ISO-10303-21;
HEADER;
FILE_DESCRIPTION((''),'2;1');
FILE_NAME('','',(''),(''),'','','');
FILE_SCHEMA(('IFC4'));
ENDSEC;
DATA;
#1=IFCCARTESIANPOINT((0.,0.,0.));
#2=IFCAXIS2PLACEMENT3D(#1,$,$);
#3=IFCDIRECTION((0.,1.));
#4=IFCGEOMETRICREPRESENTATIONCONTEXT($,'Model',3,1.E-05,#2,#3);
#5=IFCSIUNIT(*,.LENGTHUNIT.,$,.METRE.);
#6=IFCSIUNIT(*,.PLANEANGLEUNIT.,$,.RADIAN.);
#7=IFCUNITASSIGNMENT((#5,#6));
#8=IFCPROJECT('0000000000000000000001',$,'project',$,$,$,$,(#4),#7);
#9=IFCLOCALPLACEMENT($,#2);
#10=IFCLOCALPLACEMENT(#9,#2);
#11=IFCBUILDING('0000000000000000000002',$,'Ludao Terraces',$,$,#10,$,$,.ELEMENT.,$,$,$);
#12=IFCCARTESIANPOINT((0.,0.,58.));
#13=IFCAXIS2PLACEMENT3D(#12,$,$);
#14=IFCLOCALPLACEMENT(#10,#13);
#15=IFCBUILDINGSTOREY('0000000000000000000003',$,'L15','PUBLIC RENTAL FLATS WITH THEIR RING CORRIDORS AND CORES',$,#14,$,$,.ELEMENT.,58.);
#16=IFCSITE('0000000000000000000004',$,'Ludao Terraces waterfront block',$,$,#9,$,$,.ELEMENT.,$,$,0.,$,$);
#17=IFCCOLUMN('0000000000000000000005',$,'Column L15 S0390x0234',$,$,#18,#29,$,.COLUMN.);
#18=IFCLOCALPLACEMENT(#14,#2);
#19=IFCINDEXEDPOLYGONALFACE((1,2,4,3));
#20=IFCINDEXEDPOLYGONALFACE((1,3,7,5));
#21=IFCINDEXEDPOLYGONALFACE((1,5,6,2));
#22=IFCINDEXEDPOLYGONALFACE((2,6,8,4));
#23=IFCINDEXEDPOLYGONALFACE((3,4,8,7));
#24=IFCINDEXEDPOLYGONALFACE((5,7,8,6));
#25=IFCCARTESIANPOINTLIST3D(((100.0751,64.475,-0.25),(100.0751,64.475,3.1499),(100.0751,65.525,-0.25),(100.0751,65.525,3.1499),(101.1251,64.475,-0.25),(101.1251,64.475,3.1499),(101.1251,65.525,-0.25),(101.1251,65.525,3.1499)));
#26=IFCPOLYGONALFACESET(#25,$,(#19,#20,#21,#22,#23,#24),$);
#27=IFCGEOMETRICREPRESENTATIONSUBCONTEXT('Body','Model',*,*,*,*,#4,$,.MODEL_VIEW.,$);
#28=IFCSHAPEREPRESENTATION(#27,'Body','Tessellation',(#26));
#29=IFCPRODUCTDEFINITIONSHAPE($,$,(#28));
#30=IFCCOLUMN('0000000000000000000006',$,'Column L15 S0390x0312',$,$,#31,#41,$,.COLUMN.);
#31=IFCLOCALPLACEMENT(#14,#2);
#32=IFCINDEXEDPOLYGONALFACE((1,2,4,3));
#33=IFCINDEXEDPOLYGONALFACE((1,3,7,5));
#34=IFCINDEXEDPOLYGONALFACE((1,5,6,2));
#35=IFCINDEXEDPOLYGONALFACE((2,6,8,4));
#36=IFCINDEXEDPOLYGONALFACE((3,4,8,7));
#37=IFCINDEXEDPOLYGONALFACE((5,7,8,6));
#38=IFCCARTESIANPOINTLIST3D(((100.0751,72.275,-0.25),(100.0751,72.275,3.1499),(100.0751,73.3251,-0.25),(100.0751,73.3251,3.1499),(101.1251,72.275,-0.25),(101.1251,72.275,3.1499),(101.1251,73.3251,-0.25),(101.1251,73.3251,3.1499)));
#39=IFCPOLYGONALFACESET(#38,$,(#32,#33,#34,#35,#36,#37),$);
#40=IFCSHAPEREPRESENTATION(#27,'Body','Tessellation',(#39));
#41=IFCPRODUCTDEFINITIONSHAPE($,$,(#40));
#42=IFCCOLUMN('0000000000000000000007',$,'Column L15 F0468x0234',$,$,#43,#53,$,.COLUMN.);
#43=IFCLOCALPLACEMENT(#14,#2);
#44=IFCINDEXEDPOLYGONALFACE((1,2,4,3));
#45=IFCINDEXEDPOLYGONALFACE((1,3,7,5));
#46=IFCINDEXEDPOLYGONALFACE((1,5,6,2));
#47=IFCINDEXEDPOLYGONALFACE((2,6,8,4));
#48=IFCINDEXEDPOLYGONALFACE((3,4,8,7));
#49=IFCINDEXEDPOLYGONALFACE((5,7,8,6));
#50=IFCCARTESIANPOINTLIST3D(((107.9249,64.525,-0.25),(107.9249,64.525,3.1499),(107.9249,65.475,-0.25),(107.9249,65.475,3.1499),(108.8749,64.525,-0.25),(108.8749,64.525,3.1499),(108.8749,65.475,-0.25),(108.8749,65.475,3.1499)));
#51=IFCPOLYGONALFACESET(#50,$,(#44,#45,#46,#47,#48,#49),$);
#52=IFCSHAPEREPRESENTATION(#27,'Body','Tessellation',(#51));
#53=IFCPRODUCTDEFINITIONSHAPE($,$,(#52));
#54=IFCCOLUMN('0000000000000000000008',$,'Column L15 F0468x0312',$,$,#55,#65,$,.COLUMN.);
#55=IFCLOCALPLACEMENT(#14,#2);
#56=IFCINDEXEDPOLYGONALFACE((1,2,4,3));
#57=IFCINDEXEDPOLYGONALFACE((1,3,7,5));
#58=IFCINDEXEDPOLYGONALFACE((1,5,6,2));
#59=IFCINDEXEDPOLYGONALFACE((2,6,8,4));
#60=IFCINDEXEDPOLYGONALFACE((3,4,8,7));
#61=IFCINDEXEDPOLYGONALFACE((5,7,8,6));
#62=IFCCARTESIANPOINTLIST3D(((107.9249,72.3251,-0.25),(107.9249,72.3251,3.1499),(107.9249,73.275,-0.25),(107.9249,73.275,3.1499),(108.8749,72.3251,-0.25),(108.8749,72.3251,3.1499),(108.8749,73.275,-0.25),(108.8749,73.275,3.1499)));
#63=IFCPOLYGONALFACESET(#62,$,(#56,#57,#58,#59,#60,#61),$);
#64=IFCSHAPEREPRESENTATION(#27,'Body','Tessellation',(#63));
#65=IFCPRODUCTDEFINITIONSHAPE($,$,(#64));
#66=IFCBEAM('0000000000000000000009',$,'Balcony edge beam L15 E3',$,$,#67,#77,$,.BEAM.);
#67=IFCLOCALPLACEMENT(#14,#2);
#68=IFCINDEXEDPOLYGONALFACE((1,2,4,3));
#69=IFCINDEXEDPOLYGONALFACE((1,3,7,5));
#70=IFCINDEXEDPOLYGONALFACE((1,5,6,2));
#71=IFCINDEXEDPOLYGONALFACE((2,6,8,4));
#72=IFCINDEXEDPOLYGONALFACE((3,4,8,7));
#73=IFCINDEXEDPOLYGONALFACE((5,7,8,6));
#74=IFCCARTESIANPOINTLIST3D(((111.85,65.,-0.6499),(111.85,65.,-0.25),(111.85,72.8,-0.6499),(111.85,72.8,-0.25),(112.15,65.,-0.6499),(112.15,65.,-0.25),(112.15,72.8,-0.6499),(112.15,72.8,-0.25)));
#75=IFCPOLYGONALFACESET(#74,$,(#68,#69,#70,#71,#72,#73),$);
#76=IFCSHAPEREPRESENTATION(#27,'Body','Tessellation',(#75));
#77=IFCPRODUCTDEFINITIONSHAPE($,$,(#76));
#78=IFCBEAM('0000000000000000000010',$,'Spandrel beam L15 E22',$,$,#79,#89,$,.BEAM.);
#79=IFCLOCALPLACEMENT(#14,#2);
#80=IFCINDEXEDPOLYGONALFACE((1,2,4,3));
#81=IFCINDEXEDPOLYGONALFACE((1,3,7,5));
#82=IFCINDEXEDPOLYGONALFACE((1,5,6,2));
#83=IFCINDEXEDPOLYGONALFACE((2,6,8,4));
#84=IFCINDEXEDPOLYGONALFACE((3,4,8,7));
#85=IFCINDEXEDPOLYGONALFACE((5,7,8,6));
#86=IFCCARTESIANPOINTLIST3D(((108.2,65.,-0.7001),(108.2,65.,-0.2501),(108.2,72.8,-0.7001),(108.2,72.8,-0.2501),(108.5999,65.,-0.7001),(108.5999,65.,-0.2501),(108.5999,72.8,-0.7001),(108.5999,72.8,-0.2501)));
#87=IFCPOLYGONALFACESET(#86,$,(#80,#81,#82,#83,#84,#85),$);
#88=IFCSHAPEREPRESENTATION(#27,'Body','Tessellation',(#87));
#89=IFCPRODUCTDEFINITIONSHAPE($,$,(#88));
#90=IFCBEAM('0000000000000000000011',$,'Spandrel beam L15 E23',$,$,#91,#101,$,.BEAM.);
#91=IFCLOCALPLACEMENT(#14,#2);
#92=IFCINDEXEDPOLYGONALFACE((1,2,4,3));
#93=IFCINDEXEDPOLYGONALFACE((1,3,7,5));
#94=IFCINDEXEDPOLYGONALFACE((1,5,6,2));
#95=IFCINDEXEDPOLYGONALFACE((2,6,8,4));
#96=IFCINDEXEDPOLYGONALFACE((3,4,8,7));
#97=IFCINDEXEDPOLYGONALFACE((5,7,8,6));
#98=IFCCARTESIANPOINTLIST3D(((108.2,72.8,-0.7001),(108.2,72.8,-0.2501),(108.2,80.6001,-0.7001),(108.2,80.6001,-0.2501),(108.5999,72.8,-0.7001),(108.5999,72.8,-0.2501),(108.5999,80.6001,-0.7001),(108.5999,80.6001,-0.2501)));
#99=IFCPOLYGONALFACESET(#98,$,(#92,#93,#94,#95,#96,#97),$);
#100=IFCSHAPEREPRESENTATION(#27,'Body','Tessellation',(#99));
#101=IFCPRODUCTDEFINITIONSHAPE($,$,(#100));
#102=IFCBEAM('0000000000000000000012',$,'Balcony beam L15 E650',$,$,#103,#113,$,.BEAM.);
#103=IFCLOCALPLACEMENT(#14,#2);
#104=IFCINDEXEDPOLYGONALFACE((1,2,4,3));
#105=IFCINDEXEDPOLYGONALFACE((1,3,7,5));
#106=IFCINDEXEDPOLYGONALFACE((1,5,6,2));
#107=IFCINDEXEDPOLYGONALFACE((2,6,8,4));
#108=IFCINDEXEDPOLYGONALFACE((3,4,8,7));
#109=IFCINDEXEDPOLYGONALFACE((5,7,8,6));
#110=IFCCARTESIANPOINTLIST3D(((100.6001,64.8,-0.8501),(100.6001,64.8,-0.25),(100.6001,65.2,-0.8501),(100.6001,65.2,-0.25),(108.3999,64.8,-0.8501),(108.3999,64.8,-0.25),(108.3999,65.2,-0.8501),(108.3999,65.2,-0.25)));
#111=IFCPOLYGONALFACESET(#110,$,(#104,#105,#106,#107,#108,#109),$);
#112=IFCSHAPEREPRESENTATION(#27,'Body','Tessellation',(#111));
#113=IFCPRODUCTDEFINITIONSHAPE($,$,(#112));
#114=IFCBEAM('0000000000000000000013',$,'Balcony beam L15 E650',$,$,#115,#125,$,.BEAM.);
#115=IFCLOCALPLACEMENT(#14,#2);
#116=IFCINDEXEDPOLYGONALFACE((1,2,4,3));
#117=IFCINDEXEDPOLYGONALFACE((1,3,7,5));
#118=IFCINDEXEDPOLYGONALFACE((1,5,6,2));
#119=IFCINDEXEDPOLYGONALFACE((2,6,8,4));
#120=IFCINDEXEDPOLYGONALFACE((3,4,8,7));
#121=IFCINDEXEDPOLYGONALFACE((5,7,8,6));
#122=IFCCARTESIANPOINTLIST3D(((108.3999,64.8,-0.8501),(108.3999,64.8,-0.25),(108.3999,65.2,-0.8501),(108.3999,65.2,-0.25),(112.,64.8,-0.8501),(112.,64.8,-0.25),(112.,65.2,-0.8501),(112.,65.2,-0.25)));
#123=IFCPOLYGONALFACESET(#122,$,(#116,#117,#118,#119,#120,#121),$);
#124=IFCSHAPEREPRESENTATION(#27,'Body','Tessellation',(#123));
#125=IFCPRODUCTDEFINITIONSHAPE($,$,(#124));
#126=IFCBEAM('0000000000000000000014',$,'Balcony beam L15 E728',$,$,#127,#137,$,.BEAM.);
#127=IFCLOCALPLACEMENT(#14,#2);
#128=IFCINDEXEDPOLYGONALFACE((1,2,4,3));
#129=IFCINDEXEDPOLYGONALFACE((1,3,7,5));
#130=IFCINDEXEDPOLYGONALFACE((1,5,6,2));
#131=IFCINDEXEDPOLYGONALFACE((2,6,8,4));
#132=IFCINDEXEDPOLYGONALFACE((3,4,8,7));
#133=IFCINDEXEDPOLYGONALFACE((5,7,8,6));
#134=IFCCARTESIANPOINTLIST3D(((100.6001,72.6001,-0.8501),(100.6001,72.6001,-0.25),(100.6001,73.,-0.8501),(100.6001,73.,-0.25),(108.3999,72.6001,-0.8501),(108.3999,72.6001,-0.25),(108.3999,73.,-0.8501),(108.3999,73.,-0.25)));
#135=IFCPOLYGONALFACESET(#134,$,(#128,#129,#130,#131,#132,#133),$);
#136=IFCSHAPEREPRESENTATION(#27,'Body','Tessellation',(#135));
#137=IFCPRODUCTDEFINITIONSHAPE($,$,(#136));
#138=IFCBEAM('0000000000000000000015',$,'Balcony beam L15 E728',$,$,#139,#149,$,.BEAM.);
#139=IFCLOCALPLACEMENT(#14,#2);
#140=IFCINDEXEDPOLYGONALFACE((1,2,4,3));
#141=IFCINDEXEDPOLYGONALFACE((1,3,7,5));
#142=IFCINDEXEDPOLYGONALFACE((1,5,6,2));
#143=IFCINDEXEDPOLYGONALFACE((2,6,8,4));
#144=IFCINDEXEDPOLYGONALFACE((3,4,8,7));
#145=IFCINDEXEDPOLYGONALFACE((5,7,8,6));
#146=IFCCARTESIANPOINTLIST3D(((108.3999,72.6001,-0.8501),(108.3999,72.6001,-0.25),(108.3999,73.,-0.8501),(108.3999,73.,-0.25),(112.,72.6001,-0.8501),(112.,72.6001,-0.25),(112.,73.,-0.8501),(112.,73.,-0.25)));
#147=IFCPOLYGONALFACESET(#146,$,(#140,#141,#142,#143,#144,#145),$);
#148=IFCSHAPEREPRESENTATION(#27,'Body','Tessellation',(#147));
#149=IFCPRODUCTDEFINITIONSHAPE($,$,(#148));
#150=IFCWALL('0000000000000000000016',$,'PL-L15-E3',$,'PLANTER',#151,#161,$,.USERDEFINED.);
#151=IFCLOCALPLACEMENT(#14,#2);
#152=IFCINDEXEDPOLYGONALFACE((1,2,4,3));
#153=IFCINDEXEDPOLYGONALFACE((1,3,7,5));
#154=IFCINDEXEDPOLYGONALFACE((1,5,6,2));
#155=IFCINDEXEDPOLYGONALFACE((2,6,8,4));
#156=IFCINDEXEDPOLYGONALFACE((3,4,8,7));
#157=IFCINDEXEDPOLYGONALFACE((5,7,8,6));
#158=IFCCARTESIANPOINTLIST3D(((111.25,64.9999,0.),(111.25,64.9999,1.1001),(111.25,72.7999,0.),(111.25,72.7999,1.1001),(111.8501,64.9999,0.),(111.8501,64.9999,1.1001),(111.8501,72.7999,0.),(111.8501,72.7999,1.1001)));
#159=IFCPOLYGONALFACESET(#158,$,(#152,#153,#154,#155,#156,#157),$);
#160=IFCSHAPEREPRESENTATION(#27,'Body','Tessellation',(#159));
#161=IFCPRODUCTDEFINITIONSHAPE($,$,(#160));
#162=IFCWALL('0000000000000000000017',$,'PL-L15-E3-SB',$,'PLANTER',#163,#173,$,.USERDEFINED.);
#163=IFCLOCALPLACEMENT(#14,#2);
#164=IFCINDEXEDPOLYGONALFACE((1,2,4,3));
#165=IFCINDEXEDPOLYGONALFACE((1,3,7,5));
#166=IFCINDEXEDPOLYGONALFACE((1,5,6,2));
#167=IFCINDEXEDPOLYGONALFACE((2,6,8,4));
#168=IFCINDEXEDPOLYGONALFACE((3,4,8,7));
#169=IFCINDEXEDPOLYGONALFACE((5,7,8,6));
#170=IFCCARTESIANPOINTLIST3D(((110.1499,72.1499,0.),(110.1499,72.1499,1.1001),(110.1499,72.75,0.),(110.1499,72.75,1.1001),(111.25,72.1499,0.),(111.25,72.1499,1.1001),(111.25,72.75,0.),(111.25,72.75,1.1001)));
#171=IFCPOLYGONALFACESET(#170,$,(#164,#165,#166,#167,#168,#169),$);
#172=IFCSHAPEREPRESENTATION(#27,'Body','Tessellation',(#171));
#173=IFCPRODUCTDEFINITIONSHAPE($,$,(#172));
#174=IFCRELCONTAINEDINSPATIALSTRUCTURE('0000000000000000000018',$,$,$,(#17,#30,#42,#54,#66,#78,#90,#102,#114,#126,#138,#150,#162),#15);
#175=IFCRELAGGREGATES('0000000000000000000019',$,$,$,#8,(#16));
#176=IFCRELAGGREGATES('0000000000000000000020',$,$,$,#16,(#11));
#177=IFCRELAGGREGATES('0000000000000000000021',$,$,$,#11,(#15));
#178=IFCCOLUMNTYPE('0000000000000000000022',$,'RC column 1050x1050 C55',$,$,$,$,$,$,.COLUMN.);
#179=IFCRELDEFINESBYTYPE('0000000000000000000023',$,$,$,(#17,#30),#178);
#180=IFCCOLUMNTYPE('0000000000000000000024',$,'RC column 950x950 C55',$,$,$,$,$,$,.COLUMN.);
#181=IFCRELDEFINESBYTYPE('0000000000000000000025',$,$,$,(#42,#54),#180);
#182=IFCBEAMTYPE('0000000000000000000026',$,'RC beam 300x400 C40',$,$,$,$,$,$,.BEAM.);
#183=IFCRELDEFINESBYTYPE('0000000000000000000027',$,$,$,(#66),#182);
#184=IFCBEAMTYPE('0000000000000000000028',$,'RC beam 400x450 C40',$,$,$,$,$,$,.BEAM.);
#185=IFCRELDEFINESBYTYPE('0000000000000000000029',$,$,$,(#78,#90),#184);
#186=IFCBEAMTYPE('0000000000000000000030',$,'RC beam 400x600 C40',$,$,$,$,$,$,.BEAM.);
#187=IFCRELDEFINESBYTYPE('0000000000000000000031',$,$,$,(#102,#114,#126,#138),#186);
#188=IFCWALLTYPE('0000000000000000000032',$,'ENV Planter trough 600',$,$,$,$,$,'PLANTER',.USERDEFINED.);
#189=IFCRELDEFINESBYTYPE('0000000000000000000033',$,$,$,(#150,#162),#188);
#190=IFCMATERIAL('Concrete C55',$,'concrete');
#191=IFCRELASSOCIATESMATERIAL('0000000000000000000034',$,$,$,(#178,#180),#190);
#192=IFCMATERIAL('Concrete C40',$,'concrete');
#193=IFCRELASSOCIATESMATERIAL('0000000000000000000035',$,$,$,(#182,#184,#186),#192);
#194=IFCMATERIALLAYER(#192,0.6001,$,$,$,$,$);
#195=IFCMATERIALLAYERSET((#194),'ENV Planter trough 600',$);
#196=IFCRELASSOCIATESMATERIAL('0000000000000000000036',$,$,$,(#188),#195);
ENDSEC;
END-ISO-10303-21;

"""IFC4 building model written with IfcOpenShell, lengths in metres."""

from ifc_helpers import new_model, si_unit, direction, frame, frame_2d, origin, origin_2d, place, context, subcontext, project, spatial, rectangle, extrude, material, layer, layer_set, material_profile, profile_set, type_object, element, save


model = new_model("IFC4")

# Units and contexts
model_context = context("Model", 3, precision=1e-05, world=origin(), true_north=direction((0.0, 1.0)))
body_context = subcontext(model_context, "Body", "Model", "MODEL_VIEW")
ifc_project = project(units=[si_unit("LENGTHUNIT", "METRE"), si_unit("PLANEANGLEUNIT", "RADIAN")], contexts=[model_context])

# Site, building, storey
site_placement = place(None, origin())
site = spatial("IfcSite", under=ifc_project, at=site_placement, Name="Ludao Terraces waterfront block", CompositionType="ELEMENT", RefElevation=0.0)
building_placement = place(site_placement, origin())
building = spatial("IfcBuilding", under=site, at=building_placement, Name="Ludao Terraces", CompositionType="ELEMENT")
storey_placement = place(building_placement, frame((0.0, 0.0, 58.0)))
storey = spatial("IfcBuildingStorey", under=building, at=storey_placement, Name="L15", Description="PUBLIC RENTAL FLATS WITH THEIR RING CORRIDORS AND CORES", CompositionType="ELEMENT", Elevation=58.0)

# Columns
ifc_material_1 = material(Name="Concrete C55", Category="concrete")
ifc_material_profile_1 = material_profile(ifc_material_1, rectangle(XDim=1.05, YDim=1.05, at=origin_2d()), Name="1050 X 1050")
ifc_profile_set_1 = profile_set([ifc_material_profile_1], Name="Concrete C55")
column_type_1 = type_object("IfcColumnType", Name="RC column 1050x1050 C55", PredefinedType="COLUMN", material=ifc_profile_set_1)
for number, where, z_axis, x_axis, name in (
    (1, (100.6001, 65.0, -0.25), (0.0, 0.0, 1.0), (1.0, 0.0, 0.0), "Column L15 S0390x0234"),
    (2, (100.6001, 72.8, -0.25), (0.0, 0.0, 1.0), (1.0, 0.0, 0.0), "Column L15 S0390x0312"),
):
    element("IfcColumn", number, at=place(storey_placement, frame(where, z_axis=z_axis, x_axis=x_axis)), inside=storey, type_object=column_type_1, Name=name, PredefinedType="COLUMN", context=body_context, shape_type="SweptSolid", body=[
        extrude(rectangle(XDim=1.05, YDim=1.05, at=origin_2d()), origin(), (0.0, 0.0, 1.0), 3.3999),
    ])
ifc_material_profile_2 = material_profile(ifc_material_1, rectangle(XDim=0.95, YDim=0.95, at=origin_2d()), Name="950 X 950")
ifc_profile_set_2 = profile_set([ifc_material_profile_2], Name="Concrete C55")
column_type_2 = type_object("IfcColumnType", Name="RC column 950x950 C55", PredefinedType="COLUMN", material=ifc_profile_set_2)
for number, where, z_axis, x_axis, name in (
    (3, (108.3999, 65.0, -0.25), (0.0, 0.0, 1.0), (1.0, 0.0, 0.0), "Column L15 F0468x0234"),
    (4, (108.3999, 72.8, -0.25), (0.0, 0.0, 1.0), (1.0, 0.0, 0.0), "Column L15 F0468x0312"),
):
    element("IfcColumn", number, at=place(storey_placement, frame(where, z_axis=z_axis, x_axis=x_axis)), inside=storey, type_object=column_type_2, Name=name, PredefinedType="COLUMN", context=body_context, shape_type="SweptSolid", body=[
        extrude(rectangle(XDim=0.95, YDim=0.95, at=origin_2d()), origin(), (0.0, 0.0, 1.0), 3.3999),
    ])

# Beams
ifc_material_2 = material(Name="Concrete C40", Category="concrete")
ifc_material_profile_3 = material_profile(ifc_material_2, rectangle(XDim=0.3, YDim=0.3999, at=origin_2d()), Name="300 X 400")
ifc_profile_set_3 = profile_set([ifc_material_profile_3], Name="Concrete C40")
beam_type_1 = type_object("IfcBeamType", Name="RC beam 300x400 C40", PredefinedType="BEAM", material=ifc_profile_set_3)
beam_1_placement = place(storey_placement, frame((112.0, 65.0, -0.45), z_axis=(0.0, 1.0, 0.0), x_axis=(-1.0, 0.0, 0.0)))
element("IfcBeam", 5, at=beam_1_placement, inside=storey, type_object=beam_type_1, Name="Balcony edge beam L15 E3", PredefinedType="BEAM", context=body_context, shape_type="SweptSolid", body=[
    extrude(rectangle(XDim=0.3, YDim=0.3999, at=origin_2d()), origin(), (0.0, 0.0, 1.0), 7.8),
])
ifc_material_profile_4 = material_profile(ifc_material_2, rectangle(XDim=0.3999, YDim=0.45, at=origin_2d()), Name="400 X 450")
ifc_profile_set_4 = profile_set([ifc_material_profile_4], Name="Concrete C40")
beam_type_2 = type_object("IfcBeamType", Name="RC beam 400x450 C40", PredefinedType="BEAM", material=ifc_profile_set_4)
for number, where, z_axis, x_axis, name in (
    (6, (108.3999, 65.0, -0.4751), (0.0, 1.0, 0.0), (-1.0, 0.0, 0.0), "Spandrel beam L15 E22"),
    (7, (108.3999, 72.8, -0.4751), (0.0, 1.0, 0.0), (-1.0, 0.0, 0.0), "Spandrel beam L15 E23"),
):
    element("IfcBeam", number, at=place(storey_placement, frame(where, z_axis=z_axis, x_axis=x_axis)), inside=storey, type_object=beam_type_2, Name=name, PredefinedType="BEAM", context=body_context, shape_type="SweptSolid", body=[
        extrude(rectangle(XDim=0.3999, YDim=0.45, at=origin_2d()), origin(), (0.0, 0.0, 1.0), 7.8),
    ])
ifc_material_profile_5 = material_profile(ifc_material_2, rectangle(XDim=0.3999, YDim=0.6001, at=origin_2d()), Name="400 X 600")
ifc_profile_set_5 = profile_set([ifc_material_profile_5], Name="Concrete C40")
beam_type_3 = type_object("IfcBeamType", Name="RC beam 400x600 C40", PredefinedType="BEAM", material=ifc_profile_set_5)
beam_2_placement = place(storey_placement, frame((100.6001, 65.0, -0.55), z_axis=(1.0, 0.0, 0.0), x_axis=(0.0, 1.0, 0.0)))
element("IfcBeam", 8, at=beam_2_placement, inside=storey, type_object=beam_type_3, Name="Balcony beam L15 E650", PredefinedType="BEAM", context=body_context, shape_type="SweptSolid", body=[
    extrude(rectangle(XDim=0.3999, YDim=0.6001, at=origin_2d()), origin(), (0.0, 0.0, 1.0), 7.7998),
])
beam_3_placement = place(storey_placement, frame((108.3999, 65.0, -0.55), z_axis=(1.0, 0.0, 0.0), x_axis=(0.0, 1.0, 0.0)))
element("IfcBeam", 9, at=beam_3_placement, inside=storey, type_object=beam_type_3, Name="Balcony beam L15 E650", PredefinedType="BEAM", context=body_context, shape_type="SweptSolid", body=[
    extrude(rectangle(XDim=0.3999, YDim=0.6001, at=origin_2d()), origin(), (0.0, 0.0, 1.0), 3.6001),
])
beam_4_placement = place(storey_placement, frame((100.6001, 72.8, -0.55), z_axis=(1.0, 0.0, 0.0), x_axis=(0.0, 1.0, 0.0)))
element("IfcBeam", 10, at=beam_4_placement, inside=storey, type_object=beam_type_3, Name="Balcony beam L15 E728", PredefinedType="BEAM", context=body_context, shape_type="SweptSolid", body=[
    extrude(rectangle(XDim=0.3999, YDim=0.6001, at=origin_2d()), origin(), (0.0, 0.0, 1.0), 7.7998),
])
beam_5_placement = place(storey_placement, frame((108.3999, 72.8, -0.55), z_axis=(1.0, 0.0, 0.0), x_axis=(0.0, 1.0, 0.0)))
element("IfcBeam", 11, at=beam_5_placement, inside=storey, type_object=beam_type_3, Name="Balcony beam L15 E728", PredefinedType="BEAM", context=body_context, shape_type="SweptSolid", body=[
    extrude(rectangle(XDim=0.3999, YDim=0.6001, at=origin_2d()), origin(), (0.0, 0.0, 1.0), 3.6001),
])

# Walls
ifc_layer_1 = layer(ifc_material_2, 0.6001)
ifc_layer_set_1 = layer_set([ifc_layer_1], Name="ENV Planter trough 600")
wall_type_1 = type_object("IfcWallType", Name="ENV Planter trough 600", ElementType="PLANTER", PredefinedType="USERDEFINED", material=ifc_layer_set_1)
wall_1_placement = place(storey_placement, frame((111.55, 65.0, 0.0), z_axis=(0.0, 0.0, 1.0), x_axis=(0.0, 1.0, 0.0)))
element("IfcWall", 12, at=wall_1_placement, inside=storey, type_object=wall_type_1, Name="PL-L15-E3", ObjectType="PLANTER", PredefinedType="USERDEFINED", context=body_context, shape_type="SweptSolid", body=[
    extrude(rectangle(XDim=7.8, YDim=0.6001, at=frame_2d((3.8999, 0.0))), origin(), (0.0, 0.0, 1.0), 1.1001),
])
wall_2_placement = place(storey_placement, frame((111.25, 72.45, 0.0), z_axis=(0.0, 0.0, 1.0), x_axis=(-1.0, 0.0, 0.0)))
element("IfcWall", 13, at=wall_2_placement, inside=storey, type_object=wall_type_1, Name="PL-L15-E3-SB", ObjectType="PLANTER", PredefinedType="USERDEFINED", context=body_context, shape_type="SweptSolid", body=[
    extrude(rectangle(XDim=1.1001, YDim=0.6001, at=frame_2d((0.55, 0.0))), origin(), (0.0, 0.0, 1.0), 1.1001),
])

save(model, "model.ifc")
